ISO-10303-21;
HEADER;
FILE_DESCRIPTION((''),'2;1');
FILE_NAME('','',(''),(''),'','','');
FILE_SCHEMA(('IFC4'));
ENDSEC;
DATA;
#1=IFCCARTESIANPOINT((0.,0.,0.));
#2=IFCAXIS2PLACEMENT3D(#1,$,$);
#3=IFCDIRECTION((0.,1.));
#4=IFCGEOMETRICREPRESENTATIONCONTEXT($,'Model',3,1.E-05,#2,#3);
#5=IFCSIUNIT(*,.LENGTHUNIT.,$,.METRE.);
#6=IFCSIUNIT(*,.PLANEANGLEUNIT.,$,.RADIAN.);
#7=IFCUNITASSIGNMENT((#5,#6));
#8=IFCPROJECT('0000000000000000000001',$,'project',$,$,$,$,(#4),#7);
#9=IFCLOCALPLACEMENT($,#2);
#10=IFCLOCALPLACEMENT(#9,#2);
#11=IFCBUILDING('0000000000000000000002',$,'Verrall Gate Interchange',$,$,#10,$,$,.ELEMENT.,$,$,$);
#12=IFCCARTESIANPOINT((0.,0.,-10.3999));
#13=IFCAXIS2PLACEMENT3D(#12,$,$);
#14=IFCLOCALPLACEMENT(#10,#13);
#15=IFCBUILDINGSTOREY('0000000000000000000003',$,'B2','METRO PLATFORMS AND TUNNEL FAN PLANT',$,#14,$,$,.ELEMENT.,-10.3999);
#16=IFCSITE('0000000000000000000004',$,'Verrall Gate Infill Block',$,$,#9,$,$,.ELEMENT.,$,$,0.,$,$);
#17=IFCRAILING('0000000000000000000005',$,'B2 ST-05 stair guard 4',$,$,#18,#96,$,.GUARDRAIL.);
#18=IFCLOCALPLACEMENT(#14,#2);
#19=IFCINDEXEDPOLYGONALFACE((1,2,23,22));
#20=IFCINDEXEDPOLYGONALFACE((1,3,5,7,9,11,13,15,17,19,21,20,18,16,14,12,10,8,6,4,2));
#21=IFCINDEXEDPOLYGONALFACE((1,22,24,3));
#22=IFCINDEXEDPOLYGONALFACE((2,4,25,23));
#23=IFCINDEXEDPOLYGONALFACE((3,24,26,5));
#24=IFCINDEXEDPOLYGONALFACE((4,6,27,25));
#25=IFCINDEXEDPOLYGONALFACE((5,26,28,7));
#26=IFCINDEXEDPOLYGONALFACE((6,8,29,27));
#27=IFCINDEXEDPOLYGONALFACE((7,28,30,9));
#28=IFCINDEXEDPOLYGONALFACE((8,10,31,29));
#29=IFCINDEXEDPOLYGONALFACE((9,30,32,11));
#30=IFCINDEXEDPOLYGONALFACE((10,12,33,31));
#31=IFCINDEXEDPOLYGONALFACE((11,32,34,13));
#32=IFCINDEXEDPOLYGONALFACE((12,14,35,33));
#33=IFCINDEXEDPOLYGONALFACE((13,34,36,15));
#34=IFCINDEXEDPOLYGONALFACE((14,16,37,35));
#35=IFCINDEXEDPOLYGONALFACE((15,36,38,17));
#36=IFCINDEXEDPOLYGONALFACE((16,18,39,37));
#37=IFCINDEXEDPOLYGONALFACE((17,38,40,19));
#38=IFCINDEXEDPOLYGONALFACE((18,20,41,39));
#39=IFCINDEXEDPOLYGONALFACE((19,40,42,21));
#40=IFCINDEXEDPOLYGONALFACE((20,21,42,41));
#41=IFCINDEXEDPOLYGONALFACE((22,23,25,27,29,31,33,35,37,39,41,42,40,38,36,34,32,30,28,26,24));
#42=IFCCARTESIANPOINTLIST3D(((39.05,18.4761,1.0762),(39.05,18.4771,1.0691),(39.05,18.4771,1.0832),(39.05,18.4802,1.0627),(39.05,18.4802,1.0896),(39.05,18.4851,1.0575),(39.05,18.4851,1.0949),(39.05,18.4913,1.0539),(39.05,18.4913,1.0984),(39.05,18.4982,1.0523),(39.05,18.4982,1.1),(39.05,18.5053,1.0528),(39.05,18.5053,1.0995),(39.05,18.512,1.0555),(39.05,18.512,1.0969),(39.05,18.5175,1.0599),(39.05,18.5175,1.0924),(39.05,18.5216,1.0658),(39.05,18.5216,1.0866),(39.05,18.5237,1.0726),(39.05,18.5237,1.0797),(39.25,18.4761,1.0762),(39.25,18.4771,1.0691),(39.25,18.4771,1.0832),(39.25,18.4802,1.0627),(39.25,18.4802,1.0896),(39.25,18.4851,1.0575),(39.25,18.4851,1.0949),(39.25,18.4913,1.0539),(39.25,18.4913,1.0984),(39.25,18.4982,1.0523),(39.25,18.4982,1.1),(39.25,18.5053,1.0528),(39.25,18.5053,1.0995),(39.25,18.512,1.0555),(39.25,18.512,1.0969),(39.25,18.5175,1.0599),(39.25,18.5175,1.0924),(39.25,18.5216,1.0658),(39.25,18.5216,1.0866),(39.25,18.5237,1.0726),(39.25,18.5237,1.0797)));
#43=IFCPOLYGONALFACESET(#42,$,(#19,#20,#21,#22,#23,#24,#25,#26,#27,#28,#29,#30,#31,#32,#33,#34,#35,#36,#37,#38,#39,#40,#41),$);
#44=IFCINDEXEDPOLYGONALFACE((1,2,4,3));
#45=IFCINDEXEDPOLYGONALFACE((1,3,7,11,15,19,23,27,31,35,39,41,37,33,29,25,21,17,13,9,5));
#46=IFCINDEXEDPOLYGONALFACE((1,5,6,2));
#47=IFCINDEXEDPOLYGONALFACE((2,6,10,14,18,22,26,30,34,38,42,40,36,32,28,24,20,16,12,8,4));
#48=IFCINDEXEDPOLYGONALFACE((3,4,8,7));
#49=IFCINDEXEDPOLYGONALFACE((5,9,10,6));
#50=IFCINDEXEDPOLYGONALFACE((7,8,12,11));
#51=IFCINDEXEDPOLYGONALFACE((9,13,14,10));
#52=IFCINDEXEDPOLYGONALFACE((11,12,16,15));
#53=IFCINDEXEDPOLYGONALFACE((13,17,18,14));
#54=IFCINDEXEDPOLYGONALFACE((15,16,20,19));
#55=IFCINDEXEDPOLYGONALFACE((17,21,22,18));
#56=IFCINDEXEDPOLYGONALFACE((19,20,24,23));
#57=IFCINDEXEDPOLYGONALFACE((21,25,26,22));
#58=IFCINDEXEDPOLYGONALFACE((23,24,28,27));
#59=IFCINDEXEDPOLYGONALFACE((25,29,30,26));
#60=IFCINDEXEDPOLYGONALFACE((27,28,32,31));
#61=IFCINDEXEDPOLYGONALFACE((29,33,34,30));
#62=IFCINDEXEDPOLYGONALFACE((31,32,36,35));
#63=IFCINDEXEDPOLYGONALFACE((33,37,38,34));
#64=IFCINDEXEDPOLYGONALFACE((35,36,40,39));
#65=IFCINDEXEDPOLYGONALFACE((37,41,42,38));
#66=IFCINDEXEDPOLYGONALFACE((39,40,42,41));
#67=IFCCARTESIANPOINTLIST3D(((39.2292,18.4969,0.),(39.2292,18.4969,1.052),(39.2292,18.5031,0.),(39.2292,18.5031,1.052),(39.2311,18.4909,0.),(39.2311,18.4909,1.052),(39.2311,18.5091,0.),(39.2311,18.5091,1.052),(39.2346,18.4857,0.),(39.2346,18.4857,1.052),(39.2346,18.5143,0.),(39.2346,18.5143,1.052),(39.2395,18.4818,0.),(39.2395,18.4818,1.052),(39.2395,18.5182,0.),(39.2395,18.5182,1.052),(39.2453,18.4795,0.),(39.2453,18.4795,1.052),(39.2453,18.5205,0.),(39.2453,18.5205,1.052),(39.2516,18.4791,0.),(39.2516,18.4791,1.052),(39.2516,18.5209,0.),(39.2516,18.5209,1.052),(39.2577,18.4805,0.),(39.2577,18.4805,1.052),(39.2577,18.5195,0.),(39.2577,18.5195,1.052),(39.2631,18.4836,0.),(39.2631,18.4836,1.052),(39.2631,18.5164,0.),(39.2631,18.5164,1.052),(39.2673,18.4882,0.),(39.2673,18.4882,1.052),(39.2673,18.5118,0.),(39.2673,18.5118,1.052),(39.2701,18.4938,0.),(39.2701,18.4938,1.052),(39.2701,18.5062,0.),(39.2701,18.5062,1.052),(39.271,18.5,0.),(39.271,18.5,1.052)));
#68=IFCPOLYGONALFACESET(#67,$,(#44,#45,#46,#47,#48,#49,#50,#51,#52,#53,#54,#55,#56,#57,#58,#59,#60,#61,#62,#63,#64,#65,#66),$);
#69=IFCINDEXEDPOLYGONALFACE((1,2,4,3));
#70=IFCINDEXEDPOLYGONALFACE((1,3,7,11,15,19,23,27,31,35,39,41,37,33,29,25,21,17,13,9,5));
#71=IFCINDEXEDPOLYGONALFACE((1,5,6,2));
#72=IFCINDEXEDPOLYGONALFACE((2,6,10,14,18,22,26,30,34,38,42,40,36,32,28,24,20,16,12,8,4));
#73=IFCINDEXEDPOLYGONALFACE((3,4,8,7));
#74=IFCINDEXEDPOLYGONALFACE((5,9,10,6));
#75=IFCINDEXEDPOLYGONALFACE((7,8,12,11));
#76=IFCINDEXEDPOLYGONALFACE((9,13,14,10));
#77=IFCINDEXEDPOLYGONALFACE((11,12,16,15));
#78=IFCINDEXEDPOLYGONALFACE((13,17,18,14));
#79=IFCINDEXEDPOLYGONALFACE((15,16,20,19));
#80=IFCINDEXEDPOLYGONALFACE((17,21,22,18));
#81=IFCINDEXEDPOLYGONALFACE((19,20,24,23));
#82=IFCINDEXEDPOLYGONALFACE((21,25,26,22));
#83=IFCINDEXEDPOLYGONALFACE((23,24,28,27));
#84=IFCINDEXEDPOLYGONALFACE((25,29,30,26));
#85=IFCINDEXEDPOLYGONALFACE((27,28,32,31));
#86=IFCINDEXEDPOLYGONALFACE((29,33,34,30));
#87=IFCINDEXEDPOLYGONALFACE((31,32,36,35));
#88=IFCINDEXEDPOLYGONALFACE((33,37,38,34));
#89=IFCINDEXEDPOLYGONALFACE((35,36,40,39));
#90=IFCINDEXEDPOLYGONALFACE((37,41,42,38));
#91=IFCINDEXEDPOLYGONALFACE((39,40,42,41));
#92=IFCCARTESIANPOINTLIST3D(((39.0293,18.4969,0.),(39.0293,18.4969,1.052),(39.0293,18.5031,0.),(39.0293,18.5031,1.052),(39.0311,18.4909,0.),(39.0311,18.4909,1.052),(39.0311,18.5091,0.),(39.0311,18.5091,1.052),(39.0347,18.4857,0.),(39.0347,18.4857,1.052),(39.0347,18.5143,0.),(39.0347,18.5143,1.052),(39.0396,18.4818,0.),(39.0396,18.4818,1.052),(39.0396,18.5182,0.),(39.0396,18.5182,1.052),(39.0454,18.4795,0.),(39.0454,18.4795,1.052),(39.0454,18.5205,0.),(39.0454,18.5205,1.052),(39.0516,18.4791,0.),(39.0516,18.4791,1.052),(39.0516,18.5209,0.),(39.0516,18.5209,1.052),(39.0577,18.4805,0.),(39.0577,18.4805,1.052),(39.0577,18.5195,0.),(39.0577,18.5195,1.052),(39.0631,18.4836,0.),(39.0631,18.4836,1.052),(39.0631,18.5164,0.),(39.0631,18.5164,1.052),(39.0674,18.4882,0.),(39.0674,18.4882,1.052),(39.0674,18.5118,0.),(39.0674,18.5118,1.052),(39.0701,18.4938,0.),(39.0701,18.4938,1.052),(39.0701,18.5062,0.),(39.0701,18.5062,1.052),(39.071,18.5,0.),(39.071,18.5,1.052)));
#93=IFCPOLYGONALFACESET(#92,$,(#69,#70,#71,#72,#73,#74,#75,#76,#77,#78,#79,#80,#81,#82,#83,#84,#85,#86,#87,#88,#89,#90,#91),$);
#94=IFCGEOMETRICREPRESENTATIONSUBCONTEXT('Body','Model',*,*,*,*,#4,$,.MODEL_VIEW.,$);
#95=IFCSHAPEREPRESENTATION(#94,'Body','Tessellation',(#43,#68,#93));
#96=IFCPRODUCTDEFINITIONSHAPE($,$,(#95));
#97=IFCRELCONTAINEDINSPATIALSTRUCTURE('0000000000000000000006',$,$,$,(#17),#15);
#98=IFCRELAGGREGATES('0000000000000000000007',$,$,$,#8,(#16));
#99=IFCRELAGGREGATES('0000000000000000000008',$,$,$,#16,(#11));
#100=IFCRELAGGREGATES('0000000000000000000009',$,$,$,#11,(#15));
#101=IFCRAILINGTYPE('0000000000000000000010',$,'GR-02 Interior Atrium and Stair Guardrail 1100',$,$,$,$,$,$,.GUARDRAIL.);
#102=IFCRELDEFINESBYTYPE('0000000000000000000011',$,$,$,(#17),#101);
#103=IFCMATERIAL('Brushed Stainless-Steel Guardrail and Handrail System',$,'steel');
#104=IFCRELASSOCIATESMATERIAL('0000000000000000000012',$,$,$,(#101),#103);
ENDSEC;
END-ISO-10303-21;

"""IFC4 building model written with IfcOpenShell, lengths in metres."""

from ifc_helpers import new_model, si_unit, direction, frame, origin, origin_2d, place, context, subcontext, project, spatial, circle, extrude, material, type_object, element, save


model = new_model("IFC4")

# Units and contexts
model_context = context("Model", 3, precision=1e-05, world=origin(), true_north=direction((0.0, 1.0)))
body_context = subcontext(model_context, "Body", "Model", "MODEL_VIEW")
ifc_project = project(units=[si_unit("LENGTHUNIT", "METRE"), si_unit("PLANEANGLEUNIT", "RADIAN")], contexts=[model_context])

# Site, building, storey
site_placement = place(None, origin())
site = spatial("IfcSite", under=ifc_project, at=site_placement, Name="Verrall Gate Infill Block", CompositionType="ELEMENT", RefElevation=0.0)
building_placement = place(site_placement, origin())
building = spatial("IfcBuilding", under=site, at=building_placement, Name="Verrall Gate Interchange", CompositionType="ELEMENT")
storey_placement = place(building_placement, frame((0.0, 0.0, -10.3999)))
storey = spatial("IfcBuildingStorey", under=building, at=storey_placement, Name="B2", Description="METRO PLATFORMS AND TUNNEL FAN PLANT", CompositionType="ELEMENT", Elevation=-10.3999)

# Railing
ifc_material_1 = material(Name="Brushed Stainless-Steel Guardrail and Handrail System", Category="steel")
railing_type_1 = type_object("IfcRailingType", Name="GR-02 Interior Atrium and Stair Guardrail 1100", PredefinedType="GUARDRAIL", material=ifc_material_1)
railing_1_placement = place(storey_placement, frame((39.25, 18.5, 0.0)))
element("IfcRailing", 1, at=railing_1_placement, inside=storey, type_object=railing_type_1, Name="B2 ST-05 stair guard 4", PredefinedType="GUARDRAIL", context=body_context, shape_type="SweptSolid", body=[
    extrude(circle(Radius=0.0239, at=origin_2d()), frame((0.0, 0.0, 1.0762), z_axis=(-1.0, 0.0, 0.0), x_axis=(0.0, -1.0, 0.0)), (0.0, 0.0, 1.0), 0.2),
    extrude(circle(Radius=0.021, at=origin_2d()), origin(), (0.0, 0.0, 1.0), 1.052),
    extrude(circle(Radius=0.021, at=origin_2d()), frame((-0.2, 0.0, 0.0)), (0.0, 0.0, 1.0), 1.052),
])

save(model, "model.ifc")
